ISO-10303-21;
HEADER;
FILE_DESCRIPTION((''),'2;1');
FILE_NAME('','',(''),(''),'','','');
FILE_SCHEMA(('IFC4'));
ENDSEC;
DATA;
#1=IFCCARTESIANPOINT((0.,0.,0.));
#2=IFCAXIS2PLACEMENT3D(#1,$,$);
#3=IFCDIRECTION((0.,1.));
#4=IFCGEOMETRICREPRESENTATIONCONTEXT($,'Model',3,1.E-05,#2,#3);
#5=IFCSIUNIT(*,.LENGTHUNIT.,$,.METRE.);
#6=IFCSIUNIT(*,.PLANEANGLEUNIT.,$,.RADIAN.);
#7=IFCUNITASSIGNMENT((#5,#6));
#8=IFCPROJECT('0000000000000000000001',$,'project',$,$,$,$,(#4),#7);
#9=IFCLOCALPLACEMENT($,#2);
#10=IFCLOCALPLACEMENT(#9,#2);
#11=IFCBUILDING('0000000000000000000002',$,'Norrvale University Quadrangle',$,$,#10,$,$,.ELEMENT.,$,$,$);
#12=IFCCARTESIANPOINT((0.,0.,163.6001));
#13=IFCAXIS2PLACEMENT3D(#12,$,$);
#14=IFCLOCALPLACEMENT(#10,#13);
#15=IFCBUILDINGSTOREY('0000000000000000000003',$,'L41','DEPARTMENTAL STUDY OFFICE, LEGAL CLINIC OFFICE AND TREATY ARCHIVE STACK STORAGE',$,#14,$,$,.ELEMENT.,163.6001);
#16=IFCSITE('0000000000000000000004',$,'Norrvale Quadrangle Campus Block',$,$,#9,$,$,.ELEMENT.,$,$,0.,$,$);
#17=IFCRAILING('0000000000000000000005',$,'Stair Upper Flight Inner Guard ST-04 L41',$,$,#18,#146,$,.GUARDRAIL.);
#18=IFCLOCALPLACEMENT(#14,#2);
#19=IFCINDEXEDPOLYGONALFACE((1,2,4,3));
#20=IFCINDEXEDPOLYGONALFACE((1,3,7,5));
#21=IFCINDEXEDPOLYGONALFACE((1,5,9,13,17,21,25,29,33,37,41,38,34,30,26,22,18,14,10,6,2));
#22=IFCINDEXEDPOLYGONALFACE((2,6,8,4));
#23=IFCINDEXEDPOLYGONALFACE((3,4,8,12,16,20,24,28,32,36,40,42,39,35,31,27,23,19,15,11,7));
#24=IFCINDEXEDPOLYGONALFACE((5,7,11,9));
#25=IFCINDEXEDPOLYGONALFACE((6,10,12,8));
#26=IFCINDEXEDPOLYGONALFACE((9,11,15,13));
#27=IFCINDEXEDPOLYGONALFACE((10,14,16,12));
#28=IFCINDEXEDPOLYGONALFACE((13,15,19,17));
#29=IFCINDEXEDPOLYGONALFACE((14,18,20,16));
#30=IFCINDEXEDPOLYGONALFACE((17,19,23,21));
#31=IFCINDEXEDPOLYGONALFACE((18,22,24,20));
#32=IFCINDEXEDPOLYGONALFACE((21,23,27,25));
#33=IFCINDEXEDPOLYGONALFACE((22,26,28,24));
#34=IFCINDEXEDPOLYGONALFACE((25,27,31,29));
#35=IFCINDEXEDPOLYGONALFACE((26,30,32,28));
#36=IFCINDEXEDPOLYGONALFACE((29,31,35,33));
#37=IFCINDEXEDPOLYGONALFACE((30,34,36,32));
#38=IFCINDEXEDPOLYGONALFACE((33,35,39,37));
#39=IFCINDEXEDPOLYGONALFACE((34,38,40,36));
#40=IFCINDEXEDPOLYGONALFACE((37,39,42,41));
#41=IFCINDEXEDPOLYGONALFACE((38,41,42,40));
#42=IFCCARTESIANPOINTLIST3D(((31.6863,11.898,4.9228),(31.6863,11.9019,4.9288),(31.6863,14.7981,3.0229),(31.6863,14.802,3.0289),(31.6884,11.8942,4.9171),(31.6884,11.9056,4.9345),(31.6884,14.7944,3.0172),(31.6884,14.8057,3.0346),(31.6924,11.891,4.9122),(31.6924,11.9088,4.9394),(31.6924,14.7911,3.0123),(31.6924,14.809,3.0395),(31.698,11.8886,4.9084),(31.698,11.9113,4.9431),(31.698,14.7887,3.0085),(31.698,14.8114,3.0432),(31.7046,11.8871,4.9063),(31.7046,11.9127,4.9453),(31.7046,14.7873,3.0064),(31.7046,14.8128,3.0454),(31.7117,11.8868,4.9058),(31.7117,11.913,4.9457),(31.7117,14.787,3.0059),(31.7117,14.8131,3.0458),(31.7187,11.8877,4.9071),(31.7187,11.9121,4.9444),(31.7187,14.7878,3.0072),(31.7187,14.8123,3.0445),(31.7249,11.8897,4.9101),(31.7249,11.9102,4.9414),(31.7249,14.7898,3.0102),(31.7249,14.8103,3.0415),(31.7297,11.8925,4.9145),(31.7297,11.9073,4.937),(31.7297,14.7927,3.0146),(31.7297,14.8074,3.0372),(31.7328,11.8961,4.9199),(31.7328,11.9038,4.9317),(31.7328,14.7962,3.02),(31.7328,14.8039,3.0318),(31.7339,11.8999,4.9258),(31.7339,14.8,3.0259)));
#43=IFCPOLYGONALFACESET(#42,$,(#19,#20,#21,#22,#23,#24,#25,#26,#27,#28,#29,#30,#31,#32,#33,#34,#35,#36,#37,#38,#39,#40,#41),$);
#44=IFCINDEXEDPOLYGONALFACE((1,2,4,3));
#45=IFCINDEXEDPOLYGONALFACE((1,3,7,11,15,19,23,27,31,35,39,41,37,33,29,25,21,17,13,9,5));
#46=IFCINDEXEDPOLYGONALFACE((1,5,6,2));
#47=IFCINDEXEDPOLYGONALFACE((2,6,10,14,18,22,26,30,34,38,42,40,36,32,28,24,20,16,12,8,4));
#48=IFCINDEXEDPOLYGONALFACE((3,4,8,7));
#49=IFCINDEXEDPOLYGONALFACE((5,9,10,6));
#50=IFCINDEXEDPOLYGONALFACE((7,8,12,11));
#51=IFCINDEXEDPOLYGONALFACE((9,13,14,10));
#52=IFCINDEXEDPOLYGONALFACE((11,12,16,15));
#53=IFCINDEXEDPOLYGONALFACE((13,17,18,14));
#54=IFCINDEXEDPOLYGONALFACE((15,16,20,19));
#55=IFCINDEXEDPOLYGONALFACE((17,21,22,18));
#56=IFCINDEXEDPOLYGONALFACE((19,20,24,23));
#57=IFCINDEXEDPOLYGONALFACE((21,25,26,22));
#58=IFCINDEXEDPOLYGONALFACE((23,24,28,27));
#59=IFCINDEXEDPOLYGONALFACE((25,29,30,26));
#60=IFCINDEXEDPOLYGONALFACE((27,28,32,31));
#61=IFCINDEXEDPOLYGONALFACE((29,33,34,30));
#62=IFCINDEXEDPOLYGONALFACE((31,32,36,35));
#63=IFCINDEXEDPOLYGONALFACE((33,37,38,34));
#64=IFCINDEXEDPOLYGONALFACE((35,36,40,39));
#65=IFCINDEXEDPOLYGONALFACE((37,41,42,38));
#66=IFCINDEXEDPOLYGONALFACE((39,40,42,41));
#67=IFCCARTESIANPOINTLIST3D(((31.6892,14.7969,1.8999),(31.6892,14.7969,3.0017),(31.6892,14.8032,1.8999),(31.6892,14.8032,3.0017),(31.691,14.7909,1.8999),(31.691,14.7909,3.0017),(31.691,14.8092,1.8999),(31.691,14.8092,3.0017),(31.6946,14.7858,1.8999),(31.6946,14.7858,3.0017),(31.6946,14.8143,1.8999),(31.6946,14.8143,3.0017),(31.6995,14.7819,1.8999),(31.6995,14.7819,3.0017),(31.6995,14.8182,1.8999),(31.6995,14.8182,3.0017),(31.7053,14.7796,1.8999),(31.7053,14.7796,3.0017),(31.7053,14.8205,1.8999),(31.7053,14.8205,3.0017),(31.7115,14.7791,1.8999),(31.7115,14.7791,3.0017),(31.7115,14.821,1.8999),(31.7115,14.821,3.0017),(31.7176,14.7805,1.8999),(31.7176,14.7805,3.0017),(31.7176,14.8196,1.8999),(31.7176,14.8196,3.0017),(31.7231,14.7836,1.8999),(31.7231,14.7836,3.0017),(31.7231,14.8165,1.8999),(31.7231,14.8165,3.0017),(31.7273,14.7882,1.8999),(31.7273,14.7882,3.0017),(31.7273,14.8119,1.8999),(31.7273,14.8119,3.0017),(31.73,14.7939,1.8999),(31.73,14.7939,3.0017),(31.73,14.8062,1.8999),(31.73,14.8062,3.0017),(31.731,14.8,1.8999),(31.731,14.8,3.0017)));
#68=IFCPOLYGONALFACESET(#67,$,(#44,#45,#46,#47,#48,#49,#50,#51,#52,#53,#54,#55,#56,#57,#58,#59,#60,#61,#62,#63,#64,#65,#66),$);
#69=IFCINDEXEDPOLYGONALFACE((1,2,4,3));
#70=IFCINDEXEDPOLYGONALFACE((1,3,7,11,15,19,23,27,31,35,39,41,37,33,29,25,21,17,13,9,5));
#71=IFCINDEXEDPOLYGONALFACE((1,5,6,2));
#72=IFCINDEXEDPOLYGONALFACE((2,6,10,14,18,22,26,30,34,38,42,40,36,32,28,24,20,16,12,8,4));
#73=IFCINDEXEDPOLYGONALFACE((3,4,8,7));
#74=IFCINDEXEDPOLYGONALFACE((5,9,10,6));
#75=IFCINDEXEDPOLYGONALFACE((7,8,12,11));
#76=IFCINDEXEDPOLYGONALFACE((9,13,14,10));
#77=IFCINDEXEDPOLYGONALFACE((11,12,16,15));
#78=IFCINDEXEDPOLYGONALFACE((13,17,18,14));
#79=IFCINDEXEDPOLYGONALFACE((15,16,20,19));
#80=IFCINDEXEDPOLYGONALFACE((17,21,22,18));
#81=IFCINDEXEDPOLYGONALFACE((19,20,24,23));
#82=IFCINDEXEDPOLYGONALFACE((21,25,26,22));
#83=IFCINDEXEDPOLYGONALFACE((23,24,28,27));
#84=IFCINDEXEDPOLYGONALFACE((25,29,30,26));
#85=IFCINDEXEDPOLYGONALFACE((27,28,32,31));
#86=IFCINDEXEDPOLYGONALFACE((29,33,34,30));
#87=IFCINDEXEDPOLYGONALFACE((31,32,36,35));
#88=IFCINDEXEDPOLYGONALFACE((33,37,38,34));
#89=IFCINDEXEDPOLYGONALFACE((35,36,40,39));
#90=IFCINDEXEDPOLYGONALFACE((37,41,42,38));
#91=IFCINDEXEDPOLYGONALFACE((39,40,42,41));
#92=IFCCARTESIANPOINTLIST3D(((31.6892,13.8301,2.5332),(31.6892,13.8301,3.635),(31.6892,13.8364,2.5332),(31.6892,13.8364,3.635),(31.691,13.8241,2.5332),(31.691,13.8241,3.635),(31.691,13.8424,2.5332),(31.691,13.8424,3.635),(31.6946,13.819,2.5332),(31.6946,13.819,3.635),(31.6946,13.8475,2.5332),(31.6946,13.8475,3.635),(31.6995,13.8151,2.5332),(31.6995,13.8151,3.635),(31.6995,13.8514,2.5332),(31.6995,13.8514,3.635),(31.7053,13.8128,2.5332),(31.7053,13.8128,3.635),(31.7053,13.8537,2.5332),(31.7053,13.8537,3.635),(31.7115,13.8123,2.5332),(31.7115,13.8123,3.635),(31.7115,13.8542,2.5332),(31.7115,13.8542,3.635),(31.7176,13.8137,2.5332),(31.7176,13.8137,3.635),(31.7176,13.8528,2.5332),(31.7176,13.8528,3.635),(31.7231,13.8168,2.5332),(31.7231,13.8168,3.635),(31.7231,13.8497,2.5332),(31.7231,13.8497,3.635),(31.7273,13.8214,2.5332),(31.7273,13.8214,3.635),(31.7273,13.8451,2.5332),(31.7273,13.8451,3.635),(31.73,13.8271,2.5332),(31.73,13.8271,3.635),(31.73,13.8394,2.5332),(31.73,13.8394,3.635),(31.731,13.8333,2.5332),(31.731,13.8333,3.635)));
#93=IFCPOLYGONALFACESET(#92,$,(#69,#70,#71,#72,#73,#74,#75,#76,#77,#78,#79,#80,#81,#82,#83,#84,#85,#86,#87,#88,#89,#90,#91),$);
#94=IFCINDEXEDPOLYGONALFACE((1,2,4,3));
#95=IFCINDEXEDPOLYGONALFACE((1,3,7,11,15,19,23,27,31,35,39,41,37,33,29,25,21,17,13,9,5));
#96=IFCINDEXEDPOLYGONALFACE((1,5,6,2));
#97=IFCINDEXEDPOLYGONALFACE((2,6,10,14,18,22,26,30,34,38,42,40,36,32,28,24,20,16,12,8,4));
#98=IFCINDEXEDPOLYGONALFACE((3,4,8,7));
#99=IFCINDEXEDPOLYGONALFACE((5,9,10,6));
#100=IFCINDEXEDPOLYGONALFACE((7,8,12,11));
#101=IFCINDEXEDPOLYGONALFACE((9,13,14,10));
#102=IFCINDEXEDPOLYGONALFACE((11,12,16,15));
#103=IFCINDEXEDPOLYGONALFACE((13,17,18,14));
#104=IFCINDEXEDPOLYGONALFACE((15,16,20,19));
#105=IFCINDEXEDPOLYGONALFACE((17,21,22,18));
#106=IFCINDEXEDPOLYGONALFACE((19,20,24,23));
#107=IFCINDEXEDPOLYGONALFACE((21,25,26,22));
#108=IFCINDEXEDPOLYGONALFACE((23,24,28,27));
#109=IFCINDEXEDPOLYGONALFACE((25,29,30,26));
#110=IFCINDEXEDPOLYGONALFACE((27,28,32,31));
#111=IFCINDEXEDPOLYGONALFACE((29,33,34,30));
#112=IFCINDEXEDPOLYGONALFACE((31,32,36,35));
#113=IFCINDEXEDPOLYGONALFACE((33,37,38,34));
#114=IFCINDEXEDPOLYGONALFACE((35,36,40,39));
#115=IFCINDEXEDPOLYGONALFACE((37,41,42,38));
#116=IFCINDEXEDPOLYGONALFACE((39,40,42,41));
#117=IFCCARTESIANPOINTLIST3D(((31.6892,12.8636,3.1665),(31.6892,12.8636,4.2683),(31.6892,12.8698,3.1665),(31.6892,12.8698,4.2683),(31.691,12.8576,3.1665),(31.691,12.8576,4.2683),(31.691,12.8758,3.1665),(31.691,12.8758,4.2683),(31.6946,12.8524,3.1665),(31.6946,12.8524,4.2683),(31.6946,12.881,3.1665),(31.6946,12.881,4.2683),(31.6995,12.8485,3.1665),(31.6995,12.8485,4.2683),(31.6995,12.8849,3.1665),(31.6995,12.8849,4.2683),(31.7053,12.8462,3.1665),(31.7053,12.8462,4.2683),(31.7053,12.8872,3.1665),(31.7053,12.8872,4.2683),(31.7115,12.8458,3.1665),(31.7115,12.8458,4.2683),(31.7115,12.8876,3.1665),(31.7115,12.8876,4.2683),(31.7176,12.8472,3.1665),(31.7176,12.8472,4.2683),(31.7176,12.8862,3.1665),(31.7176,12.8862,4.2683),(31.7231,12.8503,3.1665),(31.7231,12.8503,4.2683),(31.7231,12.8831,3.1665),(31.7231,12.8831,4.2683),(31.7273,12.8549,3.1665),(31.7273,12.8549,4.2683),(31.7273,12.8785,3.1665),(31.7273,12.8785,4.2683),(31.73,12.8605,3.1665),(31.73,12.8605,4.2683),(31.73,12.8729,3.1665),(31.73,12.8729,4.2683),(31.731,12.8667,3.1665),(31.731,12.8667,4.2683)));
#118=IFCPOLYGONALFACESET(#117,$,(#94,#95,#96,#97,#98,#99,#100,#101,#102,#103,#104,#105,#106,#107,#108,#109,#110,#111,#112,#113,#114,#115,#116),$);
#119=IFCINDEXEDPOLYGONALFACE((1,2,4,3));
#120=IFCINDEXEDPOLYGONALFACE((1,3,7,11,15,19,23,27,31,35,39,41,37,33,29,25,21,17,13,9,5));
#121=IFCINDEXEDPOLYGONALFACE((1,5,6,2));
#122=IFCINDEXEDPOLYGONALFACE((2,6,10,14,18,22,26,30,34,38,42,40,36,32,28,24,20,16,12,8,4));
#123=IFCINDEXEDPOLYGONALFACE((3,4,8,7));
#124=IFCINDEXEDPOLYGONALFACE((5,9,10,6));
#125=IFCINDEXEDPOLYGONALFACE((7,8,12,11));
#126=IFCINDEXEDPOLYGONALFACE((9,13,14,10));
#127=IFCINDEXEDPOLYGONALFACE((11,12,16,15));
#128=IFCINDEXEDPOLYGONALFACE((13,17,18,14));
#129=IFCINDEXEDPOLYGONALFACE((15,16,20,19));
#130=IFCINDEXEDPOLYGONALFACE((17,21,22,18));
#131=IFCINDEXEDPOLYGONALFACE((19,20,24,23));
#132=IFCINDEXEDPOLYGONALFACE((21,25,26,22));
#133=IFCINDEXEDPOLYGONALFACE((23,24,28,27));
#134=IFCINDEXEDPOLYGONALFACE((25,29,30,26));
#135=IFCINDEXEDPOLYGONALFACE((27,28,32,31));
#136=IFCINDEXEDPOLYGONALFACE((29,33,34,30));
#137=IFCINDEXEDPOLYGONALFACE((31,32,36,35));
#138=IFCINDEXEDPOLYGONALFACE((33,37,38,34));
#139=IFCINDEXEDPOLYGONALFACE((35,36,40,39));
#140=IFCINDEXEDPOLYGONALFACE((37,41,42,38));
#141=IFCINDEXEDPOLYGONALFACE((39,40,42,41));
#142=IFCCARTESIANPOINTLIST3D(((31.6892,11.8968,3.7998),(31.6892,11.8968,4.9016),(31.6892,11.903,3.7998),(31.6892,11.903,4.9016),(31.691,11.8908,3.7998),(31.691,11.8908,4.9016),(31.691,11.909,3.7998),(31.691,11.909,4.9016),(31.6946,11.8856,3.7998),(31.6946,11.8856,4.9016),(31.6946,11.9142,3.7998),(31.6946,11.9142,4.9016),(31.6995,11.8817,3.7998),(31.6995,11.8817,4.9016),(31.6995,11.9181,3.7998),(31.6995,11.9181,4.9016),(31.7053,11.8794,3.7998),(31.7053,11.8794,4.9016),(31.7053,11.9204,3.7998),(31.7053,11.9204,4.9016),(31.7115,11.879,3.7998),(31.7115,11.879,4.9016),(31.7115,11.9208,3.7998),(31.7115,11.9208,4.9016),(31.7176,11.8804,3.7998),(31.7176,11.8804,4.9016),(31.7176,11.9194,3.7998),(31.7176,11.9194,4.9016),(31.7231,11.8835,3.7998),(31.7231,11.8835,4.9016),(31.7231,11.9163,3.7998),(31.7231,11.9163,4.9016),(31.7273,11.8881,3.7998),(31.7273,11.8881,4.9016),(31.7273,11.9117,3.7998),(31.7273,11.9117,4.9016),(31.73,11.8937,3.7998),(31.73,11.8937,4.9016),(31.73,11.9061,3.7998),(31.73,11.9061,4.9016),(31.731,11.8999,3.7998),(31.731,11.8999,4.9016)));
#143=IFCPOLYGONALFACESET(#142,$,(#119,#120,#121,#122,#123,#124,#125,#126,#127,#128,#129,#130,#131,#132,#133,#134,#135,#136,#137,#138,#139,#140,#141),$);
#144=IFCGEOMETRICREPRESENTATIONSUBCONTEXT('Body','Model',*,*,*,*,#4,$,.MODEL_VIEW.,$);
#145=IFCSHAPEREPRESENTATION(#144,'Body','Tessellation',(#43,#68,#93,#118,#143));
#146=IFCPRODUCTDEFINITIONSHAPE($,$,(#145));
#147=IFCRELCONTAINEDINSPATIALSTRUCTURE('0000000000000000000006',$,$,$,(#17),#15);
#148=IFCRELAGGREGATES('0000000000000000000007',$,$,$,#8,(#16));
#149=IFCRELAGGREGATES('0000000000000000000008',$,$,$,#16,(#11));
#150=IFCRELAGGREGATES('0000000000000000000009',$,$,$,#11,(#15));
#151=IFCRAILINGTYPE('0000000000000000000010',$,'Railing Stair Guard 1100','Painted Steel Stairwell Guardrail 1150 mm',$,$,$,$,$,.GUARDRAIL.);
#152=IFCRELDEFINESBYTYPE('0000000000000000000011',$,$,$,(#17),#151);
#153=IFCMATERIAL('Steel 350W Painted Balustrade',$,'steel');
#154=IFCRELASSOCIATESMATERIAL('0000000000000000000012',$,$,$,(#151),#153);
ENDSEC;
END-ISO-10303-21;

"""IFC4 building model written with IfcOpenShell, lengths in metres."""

from ifc_helpers import new_model, si_unit, direction, frame, origin, origin_2d, place, context, subcontext, project, spatial, circle, extrude, material, type_object, element, save


model = new_model("IFC4")

# Units and contexts
model_context = context("Model", 3, precision=1e-05, world=origin(), true_north=direction((0.0, 1.0)))
body_context = subcontext(model_context, "Body", "Model", "MODEL_VIEW")
ifc_project = project(units=[si_unit("LENGTHUNIT", "METRE"), si_unit("PLANEANGLEUNIT", "RADIAN")], contexts=[model_context])

# Site, building, storey
site_placement = place(None, origin())
site = spatial("IfcSite", under=ifc_project, at=site_placement, Name="Norrvale Quadrangle Campus Block", CompositionType="ELEMENT", RefElevation=0.0)
building_placement = place(site_placement, origin())
building = spatial("IfcBuilding", under=site, at=building_placement, Name="Norrvale University Quadrangle", CompositionType="ELEMENT")
storey_placement = place(building_placement, frame((0.0, 0.0, 163.6001)))
storey = spatial("IfcBuildingStorey", under=building, at=storey_placement, Name="L41", Description="DEPARTMENTAL STUDY OFFICE, LEGAL CLINIC OFFICE AND TREATY ARCHIVE STACK STORAGE", CompositionType="ELEMENT", Elevation=163.6001)

# Railing
ifc_material_1 = material(Name="Steel 350W Painted Balustrade", Category="steel")
railing_type_1 = type_object("IfcRailingType", Name="Railing Stair Guard 1100", Description="Painted Steel Stairwell Guardrail 1150 mm", PredefinedType="GUARDRAIL", material=ifc_material_1)
railing_1_placement = place(storey_placement, frame((31.71, 14.8, 1.8999)))
element("IfcRailing", 1, at=railing_1_placement, inside=storey, type_object=railing_type_1, Name="Stair Upper Flight Inner Guard ST-04 L41", PredefinedType="GUARDRAIL", context=body_context, shape_type="SweptSolid", body=[
    extrude(circle(Radius=0.0239, at=origin_2d()), frame((0.0, 0.0, 1.126), z_axis=(0.0, -0.836487, 0.547987), x_axis=(1.0, 0.0, 0.0)), (0.0, 0.0, 1.0), 3.467),
    extrude(circle(Radius=0.021, at=origin_2d()), origin(), (0.0, 0.0, 1.0), 1.1018),
    extrude(circle(Radius=0.021, at=origin_2d()), frame((0.0, -0.9668, 0.6333)), (0.0, 0.0, 1.0), 1.1018),
    extrude(circle(Radius=0.021, at=origin_2d()), frame((0.0, -1.9333, 1.2666)), (0.0, 0.0, 1.0), 1.1018),
    extrude(circle(Radius=0.021, at=origin_2d()), frame((0.0, -2.9001, 1.8999)), (0.0, 0.0, 1.0), 1.1018),
])

save(model, "model.ifc")
